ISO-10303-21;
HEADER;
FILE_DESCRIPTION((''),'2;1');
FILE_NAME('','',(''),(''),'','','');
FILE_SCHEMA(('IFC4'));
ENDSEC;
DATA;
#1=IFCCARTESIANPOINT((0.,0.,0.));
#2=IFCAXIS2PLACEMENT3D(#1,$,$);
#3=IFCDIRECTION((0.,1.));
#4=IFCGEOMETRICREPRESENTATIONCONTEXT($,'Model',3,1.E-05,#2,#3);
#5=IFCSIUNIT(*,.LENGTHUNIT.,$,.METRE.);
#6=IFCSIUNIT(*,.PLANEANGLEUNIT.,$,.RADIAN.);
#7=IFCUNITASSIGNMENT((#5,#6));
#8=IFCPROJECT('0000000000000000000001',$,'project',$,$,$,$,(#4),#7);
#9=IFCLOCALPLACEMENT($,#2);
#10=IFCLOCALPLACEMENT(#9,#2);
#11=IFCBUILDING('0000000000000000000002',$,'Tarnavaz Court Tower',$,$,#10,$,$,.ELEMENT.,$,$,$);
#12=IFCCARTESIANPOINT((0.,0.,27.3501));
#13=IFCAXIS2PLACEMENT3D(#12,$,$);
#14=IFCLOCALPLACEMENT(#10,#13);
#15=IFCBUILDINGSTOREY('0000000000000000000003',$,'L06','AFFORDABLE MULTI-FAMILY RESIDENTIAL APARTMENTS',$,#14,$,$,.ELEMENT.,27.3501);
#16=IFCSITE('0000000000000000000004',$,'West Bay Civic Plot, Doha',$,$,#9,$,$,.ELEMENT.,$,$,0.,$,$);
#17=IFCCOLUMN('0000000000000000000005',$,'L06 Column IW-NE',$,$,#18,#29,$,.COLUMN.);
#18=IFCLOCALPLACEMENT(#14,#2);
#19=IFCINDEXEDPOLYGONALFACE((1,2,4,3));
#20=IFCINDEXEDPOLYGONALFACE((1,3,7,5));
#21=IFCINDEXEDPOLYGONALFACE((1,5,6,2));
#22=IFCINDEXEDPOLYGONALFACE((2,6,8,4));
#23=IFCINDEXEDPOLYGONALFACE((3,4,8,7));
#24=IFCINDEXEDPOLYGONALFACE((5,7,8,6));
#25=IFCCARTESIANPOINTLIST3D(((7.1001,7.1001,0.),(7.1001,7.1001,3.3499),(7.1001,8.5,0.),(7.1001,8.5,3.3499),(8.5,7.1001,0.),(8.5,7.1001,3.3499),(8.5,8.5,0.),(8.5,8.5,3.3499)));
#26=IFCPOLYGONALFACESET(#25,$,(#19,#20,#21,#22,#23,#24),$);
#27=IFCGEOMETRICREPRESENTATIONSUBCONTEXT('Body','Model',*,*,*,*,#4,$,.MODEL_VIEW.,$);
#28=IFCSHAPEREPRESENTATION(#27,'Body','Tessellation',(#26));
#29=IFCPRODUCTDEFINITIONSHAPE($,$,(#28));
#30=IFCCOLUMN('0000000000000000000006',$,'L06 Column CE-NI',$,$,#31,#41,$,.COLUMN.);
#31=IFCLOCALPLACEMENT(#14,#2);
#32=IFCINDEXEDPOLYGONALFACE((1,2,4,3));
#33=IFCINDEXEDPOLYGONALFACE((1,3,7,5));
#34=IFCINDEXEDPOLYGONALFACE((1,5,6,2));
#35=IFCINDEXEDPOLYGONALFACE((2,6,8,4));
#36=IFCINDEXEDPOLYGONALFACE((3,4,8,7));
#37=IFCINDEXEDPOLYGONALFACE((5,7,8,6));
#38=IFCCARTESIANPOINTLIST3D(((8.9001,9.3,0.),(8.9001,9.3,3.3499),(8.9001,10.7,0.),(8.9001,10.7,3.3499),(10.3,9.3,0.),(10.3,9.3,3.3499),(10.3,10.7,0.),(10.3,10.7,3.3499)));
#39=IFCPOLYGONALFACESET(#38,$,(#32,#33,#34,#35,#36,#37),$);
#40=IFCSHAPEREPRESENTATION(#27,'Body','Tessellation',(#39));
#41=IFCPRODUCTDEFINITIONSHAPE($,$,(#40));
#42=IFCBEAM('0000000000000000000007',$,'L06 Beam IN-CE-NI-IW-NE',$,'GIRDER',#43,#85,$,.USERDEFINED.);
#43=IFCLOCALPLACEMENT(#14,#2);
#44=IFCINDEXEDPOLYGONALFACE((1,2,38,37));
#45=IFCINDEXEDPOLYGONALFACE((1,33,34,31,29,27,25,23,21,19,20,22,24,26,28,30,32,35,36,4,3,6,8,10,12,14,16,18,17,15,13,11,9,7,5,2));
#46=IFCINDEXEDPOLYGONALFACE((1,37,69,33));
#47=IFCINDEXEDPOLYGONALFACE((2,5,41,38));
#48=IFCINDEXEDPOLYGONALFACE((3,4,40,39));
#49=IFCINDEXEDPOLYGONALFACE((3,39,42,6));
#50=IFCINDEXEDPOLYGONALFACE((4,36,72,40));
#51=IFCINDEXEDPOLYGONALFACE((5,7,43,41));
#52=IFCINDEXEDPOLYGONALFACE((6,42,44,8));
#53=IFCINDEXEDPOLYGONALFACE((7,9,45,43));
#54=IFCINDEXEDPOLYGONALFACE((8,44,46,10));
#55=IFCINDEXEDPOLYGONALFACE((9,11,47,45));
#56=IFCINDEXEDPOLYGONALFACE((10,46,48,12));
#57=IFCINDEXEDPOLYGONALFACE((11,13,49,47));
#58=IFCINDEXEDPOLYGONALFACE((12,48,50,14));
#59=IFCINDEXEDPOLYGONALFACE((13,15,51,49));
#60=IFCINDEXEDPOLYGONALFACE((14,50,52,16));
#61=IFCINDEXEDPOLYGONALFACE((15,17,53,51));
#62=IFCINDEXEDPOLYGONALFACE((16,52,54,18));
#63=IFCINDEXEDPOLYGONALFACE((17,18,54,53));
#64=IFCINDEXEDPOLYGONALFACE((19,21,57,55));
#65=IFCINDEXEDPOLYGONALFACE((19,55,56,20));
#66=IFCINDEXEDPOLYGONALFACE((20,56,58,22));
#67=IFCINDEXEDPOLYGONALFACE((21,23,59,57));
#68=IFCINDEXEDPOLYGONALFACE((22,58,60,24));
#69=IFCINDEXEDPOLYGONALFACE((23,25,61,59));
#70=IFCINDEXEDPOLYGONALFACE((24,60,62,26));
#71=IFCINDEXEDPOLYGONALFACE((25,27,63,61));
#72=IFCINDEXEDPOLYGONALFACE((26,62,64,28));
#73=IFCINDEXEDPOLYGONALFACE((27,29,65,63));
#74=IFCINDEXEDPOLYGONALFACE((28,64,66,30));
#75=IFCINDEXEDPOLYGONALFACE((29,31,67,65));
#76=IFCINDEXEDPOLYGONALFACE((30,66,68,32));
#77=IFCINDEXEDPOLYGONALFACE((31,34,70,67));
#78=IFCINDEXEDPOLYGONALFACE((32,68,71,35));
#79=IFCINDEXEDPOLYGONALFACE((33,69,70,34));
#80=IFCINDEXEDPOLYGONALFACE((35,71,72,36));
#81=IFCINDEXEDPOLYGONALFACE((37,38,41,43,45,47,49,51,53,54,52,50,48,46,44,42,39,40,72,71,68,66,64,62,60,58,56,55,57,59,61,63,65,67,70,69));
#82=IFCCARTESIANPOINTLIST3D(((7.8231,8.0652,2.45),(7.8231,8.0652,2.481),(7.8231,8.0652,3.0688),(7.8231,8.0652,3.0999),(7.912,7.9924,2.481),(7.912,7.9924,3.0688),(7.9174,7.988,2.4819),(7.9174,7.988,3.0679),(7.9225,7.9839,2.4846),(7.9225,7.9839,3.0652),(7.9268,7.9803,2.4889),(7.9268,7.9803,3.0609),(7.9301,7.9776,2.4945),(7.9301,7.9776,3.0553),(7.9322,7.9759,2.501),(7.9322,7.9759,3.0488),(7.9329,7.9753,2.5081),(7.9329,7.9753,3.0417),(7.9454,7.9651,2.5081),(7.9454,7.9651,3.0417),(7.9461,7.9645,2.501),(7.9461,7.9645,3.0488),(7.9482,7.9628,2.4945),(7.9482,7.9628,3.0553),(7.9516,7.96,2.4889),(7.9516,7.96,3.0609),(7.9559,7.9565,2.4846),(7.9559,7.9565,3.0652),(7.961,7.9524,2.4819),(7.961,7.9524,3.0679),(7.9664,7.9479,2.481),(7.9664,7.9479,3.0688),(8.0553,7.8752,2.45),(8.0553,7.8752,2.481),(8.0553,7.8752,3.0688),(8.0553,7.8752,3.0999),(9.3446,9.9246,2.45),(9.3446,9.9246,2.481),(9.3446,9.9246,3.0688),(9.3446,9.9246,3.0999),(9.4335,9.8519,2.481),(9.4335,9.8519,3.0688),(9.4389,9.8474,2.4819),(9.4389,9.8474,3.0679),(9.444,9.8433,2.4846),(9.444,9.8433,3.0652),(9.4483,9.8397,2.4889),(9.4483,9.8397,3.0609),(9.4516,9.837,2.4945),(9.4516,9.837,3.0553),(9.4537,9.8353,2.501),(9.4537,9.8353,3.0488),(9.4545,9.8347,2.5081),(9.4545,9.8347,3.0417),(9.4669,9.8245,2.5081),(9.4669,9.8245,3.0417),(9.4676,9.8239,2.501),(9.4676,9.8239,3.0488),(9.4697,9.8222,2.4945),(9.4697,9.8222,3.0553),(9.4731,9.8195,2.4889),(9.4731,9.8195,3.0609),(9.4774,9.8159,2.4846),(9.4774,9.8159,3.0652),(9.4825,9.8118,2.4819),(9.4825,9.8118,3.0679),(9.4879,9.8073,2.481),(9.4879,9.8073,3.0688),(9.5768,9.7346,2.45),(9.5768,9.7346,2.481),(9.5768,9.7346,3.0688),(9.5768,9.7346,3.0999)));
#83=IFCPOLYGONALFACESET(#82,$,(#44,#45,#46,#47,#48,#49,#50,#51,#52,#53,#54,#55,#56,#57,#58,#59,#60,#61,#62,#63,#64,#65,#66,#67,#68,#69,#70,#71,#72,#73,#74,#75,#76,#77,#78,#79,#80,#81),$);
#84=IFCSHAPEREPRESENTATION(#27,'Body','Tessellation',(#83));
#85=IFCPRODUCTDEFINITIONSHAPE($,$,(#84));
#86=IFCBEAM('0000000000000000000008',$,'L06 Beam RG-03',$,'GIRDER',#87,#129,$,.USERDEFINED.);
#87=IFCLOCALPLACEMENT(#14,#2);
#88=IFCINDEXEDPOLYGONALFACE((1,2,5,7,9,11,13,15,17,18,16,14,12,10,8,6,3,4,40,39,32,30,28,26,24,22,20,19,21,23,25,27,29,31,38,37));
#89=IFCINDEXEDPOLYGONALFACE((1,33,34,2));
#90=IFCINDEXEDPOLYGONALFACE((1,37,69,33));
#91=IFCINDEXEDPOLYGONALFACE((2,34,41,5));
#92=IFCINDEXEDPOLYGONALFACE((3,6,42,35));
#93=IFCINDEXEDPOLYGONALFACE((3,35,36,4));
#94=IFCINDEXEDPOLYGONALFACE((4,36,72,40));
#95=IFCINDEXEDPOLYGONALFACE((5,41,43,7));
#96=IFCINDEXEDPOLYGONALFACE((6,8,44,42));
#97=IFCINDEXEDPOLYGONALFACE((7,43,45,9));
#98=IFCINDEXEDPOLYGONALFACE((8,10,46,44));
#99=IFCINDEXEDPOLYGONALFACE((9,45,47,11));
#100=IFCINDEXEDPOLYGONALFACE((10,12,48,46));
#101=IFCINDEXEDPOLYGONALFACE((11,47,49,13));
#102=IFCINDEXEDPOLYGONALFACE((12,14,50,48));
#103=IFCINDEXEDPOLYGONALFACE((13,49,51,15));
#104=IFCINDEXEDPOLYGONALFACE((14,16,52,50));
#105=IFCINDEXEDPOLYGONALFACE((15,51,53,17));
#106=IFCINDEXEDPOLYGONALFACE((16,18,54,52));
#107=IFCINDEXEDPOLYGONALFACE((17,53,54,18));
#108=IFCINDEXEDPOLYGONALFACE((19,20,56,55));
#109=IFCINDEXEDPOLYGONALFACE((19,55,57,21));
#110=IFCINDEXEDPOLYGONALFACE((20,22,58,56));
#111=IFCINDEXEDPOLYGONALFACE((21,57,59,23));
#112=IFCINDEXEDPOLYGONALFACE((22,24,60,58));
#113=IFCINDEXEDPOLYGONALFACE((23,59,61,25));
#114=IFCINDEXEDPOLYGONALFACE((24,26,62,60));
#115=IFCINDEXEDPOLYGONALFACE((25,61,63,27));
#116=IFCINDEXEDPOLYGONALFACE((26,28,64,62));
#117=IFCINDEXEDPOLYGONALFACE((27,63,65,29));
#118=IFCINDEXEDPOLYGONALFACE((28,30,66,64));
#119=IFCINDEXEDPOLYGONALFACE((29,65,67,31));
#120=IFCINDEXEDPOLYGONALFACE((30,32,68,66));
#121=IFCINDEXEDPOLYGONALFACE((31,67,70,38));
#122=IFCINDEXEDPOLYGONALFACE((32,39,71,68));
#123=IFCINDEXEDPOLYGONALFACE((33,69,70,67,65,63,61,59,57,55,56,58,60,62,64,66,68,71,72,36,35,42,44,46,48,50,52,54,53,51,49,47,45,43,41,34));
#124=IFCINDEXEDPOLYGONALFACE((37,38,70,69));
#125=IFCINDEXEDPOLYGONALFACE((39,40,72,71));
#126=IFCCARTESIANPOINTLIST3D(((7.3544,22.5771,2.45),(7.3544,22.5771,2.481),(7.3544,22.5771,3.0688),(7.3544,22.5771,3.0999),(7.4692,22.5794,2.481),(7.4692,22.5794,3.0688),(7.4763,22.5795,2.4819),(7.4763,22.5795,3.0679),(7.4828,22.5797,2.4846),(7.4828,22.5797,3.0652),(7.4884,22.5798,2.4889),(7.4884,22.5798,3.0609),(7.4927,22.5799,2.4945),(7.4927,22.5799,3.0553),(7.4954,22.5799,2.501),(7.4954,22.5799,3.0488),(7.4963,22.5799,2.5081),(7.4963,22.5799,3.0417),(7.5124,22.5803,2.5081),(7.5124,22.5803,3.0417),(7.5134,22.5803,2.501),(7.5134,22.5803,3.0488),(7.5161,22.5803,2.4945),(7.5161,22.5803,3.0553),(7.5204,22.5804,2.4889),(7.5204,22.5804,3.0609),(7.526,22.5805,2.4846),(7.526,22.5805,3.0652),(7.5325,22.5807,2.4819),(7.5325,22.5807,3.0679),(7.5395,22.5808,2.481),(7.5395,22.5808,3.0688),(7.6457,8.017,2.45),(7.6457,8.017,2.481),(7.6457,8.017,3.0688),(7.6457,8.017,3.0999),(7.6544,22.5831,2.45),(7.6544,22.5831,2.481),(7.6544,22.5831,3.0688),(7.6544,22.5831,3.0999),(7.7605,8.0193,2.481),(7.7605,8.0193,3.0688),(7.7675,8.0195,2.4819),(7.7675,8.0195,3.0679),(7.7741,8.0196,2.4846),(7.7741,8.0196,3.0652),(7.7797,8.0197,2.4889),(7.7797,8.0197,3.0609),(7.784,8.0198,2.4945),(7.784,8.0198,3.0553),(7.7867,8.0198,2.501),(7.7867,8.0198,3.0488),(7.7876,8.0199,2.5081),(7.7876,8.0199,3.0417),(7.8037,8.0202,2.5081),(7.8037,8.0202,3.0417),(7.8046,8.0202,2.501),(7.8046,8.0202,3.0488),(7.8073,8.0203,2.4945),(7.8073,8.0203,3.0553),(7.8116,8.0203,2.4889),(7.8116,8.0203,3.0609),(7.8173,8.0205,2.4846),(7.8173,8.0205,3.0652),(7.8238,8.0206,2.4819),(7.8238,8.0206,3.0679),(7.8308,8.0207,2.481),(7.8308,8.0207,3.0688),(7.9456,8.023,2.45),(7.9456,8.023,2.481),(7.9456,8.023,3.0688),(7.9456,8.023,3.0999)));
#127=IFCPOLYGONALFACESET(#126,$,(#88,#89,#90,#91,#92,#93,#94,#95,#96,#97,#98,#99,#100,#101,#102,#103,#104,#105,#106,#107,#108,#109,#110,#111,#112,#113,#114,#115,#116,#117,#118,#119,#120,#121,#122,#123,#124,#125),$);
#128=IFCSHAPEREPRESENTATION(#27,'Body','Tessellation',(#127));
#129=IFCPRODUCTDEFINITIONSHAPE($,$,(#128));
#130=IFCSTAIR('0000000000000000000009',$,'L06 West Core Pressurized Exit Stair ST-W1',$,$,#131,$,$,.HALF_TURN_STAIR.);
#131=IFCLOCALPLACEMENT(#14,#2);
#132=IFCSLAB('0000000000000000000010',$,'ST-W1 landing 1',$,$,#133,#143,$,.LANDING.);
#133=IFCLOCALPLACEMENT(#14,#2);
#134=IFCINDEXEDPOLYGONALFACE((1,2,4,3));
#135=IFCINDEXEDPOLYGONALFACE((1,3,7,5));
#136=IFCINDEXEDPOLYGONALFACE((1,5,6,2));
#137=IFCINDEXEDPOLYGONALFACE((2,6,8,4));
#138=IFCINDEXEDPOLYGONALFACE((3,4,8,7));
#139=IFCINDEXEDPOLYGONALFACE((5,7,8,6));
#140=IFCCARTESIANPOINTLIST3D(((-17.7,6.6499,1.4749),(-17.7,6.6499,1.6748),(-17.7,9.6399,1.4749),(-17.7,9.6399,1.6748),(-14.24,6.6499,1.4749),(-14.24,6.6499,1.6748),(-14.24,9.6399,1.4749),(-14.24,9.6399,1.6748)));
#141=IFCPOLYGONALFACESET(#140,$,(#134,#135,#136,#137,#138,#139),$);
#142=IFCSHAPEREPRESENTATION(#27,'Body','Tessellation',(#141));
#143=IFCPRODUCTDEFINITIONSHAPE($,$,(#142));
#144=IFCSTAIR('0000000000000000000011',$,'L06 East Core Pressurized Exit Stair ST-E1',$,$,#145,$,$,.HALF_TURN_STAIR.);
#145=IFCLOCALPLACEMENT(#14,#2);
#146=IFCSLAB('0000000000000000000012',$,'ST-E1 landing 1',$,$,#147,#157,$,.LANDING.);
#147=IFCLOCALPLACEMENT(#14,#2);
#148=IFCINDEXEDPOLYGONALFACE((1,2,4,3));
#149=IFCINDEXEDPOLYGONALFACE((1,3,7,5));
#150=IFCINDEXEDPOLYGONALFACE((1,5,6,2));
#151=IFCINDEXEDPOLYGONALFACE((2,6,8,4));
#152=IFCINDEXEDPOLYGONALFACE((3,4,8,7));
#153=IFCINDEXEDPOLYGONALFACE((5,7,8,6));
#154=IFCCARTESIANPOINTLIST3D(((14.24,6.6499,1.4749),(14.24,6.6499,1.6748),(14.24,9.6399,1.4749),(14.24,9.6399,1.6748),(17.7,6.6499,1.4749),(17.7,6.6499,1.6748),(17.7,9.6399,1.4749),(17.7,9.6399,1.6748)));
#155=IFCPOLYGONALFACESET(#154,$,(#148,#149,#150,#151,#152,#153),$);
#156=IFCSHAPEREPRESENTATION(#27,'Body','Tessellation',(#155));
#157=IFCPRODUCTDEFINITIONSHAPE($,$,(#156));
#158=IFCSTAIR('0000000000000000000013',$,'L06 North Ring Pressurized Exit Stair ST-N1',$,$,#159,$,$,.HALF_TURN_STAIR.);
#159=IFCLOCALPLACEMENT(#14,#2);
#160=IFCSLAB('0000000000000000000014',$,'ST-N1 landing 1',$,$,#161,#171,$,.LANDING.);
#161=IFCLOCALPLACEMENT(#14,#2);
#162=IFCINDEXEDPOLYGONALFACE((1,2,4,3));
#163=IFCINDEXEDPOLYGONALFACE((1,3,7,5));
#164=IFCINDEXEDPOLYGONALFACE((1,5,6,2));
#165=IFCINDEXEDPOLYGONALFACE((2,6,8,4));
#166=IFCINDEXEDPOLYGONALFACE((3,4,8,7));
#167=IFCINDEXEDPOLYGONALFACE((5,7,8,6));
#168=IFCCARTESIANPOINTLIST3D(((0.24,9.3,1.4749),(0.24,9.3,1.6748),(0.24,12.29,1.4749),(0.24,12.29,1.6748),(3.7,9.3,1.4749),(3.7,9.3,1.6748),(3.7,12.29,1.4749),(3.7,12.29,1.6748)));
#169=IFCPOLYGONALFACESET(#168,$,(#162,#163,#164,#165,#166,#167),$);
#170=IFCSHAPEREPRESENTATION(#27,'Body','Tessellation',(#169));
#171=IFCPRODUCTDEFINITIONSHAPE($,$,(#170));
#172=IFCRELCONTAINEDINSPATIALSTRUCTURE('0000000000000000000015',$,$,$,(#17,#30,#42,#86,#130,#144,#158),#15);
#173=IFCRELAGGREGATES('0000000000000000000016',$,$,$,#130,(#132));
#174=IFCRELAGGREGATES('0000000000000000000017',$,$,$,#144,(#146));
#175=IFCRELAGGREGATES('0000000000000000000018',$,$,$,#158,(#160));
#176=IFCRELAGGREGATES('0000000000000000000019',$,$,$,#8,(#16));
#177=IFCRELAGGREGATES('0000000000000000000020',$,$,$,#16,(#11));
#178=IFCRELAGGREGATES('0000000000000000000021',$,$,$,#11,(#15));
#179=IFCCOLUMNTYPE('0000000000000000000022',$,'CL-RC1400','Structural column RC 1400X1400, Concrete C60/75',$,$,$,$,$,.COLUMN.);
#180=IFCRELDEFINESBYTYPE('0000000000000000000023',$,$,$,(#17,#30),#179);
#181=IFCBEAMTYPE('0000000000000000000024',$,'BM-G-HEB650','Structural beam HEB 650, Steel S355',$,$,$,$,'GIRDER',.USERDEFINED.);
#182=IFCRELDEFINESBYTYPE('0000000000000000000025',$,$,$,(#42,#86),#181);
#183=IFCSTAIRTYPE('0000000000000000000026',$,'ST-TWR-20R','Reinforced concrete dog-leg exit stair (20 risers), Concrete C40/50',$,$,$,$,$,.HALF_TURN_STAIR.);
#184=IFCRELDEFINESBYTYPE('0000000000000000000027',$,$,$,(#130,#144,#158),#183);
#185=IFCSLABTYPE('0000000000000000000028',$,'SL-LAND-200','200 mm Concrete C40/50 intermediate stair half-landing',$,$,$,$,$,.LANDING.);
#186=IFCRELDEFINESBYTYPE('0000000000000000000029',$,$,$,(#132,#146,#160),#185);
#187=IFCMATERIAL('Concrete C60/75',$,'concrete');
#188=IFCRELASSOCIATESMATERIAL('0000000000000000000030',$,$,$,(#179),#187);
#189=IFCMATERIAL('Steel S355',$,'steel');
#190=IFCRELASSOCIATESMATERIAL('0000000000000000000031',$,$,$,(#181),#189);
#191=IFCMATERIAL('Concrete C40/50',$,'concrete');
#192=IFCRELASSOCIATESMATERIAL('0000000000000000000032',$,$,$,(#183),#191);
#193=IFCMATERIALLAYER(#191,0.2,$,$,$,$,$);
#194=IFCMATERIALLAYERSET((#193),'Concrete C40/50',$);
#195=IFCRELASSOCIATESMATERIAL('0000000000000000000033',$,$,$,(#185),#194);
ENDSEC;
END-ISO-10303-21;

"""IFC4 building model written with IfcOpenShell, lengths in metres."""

from ifc_helpers import new_model, si_unit, direction, frame, origin, origin_2d, place, context, subcontext, project, spatial, polyline, rectangle, i_section, outline, extrude, material, layer, layer_set, material_profile, profile_set, type_object, element, aggregate, save


model = new_model("IFC4")

# Units and contexts
model_context = context("Model", 3, precision=1e-05, world=origin(), true_north=direction((0.0, 1.0)))
body_context = subcontext(model_context, "Body", "Model", "MODEL_VIEW")
ifc_project = project(units=[si_unit("LENGTHUNIT", "METRE"), si_unit("PLANEANGLEUNIT", "RADIAN")], contexts=[model_context])

# Site, building, storey
site_placement = place(None, origin())
site = spatial("IfcSite", under=ifc_project, at=site_placement, Name="West Bay Civic Plot, Doha", CompositionType="ELEMENT", RefElevation=0.0)
building_placement = place(site_placement, origin())
building = spatial("IfcBuilding", under=site, at=building_placement, Name="Tarnavaz Court Tower", CompositionType="ELEMENT")
storey_placement = place(building_placement, frame((0.0, 0.0, 27.3501)))
storey = spatial("IfcBuildingStorey", under=building, at=storey_placement, Name="L06", Description="AFFORDABLE MULTI-FAMILY RESIDENTIAL APARTMENTS", CompositionType="ELEMENT", Elevation=27.3501)

# Columns
ifc_material_1 = material(Name="Concrete C60/75", Category="concrete")
ifc_material_profile_1 = material_profile(ifc_material_1, rectangle(XDim=1.3999, YDim=1.3999, at=origin_2d()), Name="RC 1400X1400")
ifc_profile_set_1 = profile_set([ifc_material_profile_1], Name="Concrete C60/75")
column_type = type_object("IfcColumnType", Name="CL-RC1400", Description="Structural column RC 1400X1400, Concrete C60/75", PredefinedType="COLUMN", material=ifc_profile_set_1)
for number, where, z_axis, x_axis, name in (
    (1, (7.8, 7.8, 0.0), (0.0, 0.0, 1.0), (1.0, 0.0, 0.0), "L06 Column IW-NE"),
    (2, (9.6001, 10.0, 0.0), (0.0, 0.0, 1.0), (1.0, 0.0, 0.0), "L06 Column CE-NI"),
):
    element("IfcColumn", number, at=place(storey_placement, frame(where, z_axis=z_axis, x_axis=x_axis)), inside=storey, type_object=column_type, Name=name, PredefinedType="COLUMN", context=body_context, shape_type="SweptSolid", body=[
        extrude(rectangle(XDim=1.3999, YDim=1.3999, at=origin_2d()), origin(), (0.0, 0.0, 1.0), 3.3499),
    ])

# Beams
ifc_material_2 = material(Name="Steel S355", Category="steel")
ifc_material_profile_2 = material_profile(ifc_material_2, i_section(OverallWidth=0.3, OverallDepth=0.6499, WebThickness=0.0161, FlangeThickness=0.031, FilletRadius=0.0271, at=origin_2d()), Name="HEB 650")
ifc_profile_set_2 = profile_set([ifc_material_profile_2], Name="Steel S355")
beam_type = type_object("IfcBeamType", Name="BM-G-HEB650", Description="Structural beam HEB 650, Steel S355", ElementType="GIRDER", PredefinedType="USERDEFINED", material=ifc_profile_set_2)
beam_1_placement = place(storey_placement, frame((9.4607, 9.8296, 2.7749), z_axis=(-0.633282, -0.773921, 0.0), x_axis=(0.773921, -0.633282, 0.0)))
element("IfcBeam", 3, at=beam_1_placement, inside=storey, type_object=beam_type, Name="L06 Beam IN-CE-NI-IW-NE", ObjectType="GIRDER", PredefinedType="USERDEFINED", context=body_context, shape_type="SweptSolid", body=[
    extrude(i_section(OverallWidth=0.3, OverallDepth=0.6499, WebThickness=0.0161, FlangeThickness=0.031, FilletRadius=0.0271, at=origin_2d()), origin(), (0.0, 0.0, 1.0), 2.4026),
])
beam_2_placement = place(storey_placement, frame((7.7957, 8.02, 2.7749), z_axis=(-0.02, 0.9998, 0.0), x_axis=(-0.9998, -0.02, 0.0)))
element("IfcBeam", 4, at=beam_2_placement, inside=storey, type_object=beam_type, Name="L06 Beam RG-03", ObjectType="GIRDER", PredefinedType="USERDEFINED", context=body_context, shape_type="SweptSolid", body=[
    extrude(i_section(OverallWidth=0.3, OverallDepth=0.6499, WebThickness=0.0161, FlangeThickness=0.031, FilletRadius=0.0271, at=origin_2d()), origin(), (0.0, 0.0, 1.0), 14.563),
])

# Stairs, slabs
ifc_material_3 = material(Name="Concrete C40/50", Category="concrete")
stair_type = type_object("IfcStairType", Name="ST-TWR-20R", Description="Reinforced concrete dog-leg exit stair (20 risers), Concrete C40/50", PredefinedType="HALF_TURN_STAIR", material=ifc_material_3)
stair_1_placement = place(storey_placement, origin())
stair_1 = element("IfcStair", 5, at=stair_1_placement, inside=storey, type_object=stair_type, Name="L06 West Core Pressurized Exit Stair ST-W1", PredefinedType="HALF_TURN_STAIR")
ifc_layer_1 = layer(ifc_material_3, 0.2)
ifc_layer_set_1 = layer_set([ifc_layer_1], Name="Concrete C40/50")
slab_type_1 = type_object("IfcSlabType", Name="SL-LAND-200", Description="200 mm Concrete C40/50 intermediate stair half-landing", PredefinedType="LANDING", material=ifc_layer_set_1)
slab_1_placement = place(storey_placement, frame((0.0, 0.0, 1.4749)))
slab_1 = element("IfcSlab", 6, at=slab_1_placement, type_object=slab_type_1, Name="ST-W1 landing 1", PredefinedType="LANDING", context=body_context, shape_type="SweptSolid", body=[
    extrude(outline(polyline([(-14.24, 9.6399), (-17.7, 9.6399), (-17.7, 6.6499), (-14.24, 6.6499), (-14.24, 9.6399)])), origin(), (0.0, 0.0, 1.0), 0.2),
])
aggregate(stair_1, [slab_1])
stair_2_placement = place(storey_placement, origin())
stair_2 = element("IfcStair", 7, at=stair_2_placement, inside=storey, type_object=stair_type, Name="L06 East Core Pressurized Exit Stair ST-E1", PredefinedType="HALF_TURN_STAIR")
slab_2_placement = place(storey_placement, frame((0.0, 0.0, 1.4749)))
slab_2 = element("IfcSlab", 8, at=slab_2_placement, type_object=slab_type_1, Name="ST-E1 landing 1", PredefinedType="LANDING", context=body_context, shape_type="SweptSolid", body=[
    extrude(outline(polyline([(14.24, 6.6499), (17.7, 6.6499), (17.7, 9.6399), (14.24, 9.6399), (14.24, 6.6499)])), origin(), (0.0, 0.0, 1.0), 0.2),
])
aggregate(stair_2, [slab_2])
stair_3_placement = place(storey_placement, origin())
stair_3 = element("IfcStair", 9, at=stair_3_placement, inside=storey, type_object=stair_type, Name="L06 North Ring Pressurized Exit Stair ST-N1", PredefinedType="HALF_TURN_STAIR")
slab_3_placement = place(storey_placement, frame((0.0, 0.0, 1.4749)))
slab_3 = element("IfcSlab", 10, at=slab_3_placement, type_object=slab_type_1, Name="ST-N1 landing 1", PredefinedType="LANDING", context=body_context, shape_type="SweptSolid", body=[
    extrude(outline(polyline([(0.24, 9.3), (3.7, 9.3), (3.7, 12.29), (0.24, 12.29), (0.24, 9.3)])), origin(), (0.0, 0.0, 1.0), 0.2),
])

aggregate(stair_3, [slab_3])

save(model, "model.ifc")
